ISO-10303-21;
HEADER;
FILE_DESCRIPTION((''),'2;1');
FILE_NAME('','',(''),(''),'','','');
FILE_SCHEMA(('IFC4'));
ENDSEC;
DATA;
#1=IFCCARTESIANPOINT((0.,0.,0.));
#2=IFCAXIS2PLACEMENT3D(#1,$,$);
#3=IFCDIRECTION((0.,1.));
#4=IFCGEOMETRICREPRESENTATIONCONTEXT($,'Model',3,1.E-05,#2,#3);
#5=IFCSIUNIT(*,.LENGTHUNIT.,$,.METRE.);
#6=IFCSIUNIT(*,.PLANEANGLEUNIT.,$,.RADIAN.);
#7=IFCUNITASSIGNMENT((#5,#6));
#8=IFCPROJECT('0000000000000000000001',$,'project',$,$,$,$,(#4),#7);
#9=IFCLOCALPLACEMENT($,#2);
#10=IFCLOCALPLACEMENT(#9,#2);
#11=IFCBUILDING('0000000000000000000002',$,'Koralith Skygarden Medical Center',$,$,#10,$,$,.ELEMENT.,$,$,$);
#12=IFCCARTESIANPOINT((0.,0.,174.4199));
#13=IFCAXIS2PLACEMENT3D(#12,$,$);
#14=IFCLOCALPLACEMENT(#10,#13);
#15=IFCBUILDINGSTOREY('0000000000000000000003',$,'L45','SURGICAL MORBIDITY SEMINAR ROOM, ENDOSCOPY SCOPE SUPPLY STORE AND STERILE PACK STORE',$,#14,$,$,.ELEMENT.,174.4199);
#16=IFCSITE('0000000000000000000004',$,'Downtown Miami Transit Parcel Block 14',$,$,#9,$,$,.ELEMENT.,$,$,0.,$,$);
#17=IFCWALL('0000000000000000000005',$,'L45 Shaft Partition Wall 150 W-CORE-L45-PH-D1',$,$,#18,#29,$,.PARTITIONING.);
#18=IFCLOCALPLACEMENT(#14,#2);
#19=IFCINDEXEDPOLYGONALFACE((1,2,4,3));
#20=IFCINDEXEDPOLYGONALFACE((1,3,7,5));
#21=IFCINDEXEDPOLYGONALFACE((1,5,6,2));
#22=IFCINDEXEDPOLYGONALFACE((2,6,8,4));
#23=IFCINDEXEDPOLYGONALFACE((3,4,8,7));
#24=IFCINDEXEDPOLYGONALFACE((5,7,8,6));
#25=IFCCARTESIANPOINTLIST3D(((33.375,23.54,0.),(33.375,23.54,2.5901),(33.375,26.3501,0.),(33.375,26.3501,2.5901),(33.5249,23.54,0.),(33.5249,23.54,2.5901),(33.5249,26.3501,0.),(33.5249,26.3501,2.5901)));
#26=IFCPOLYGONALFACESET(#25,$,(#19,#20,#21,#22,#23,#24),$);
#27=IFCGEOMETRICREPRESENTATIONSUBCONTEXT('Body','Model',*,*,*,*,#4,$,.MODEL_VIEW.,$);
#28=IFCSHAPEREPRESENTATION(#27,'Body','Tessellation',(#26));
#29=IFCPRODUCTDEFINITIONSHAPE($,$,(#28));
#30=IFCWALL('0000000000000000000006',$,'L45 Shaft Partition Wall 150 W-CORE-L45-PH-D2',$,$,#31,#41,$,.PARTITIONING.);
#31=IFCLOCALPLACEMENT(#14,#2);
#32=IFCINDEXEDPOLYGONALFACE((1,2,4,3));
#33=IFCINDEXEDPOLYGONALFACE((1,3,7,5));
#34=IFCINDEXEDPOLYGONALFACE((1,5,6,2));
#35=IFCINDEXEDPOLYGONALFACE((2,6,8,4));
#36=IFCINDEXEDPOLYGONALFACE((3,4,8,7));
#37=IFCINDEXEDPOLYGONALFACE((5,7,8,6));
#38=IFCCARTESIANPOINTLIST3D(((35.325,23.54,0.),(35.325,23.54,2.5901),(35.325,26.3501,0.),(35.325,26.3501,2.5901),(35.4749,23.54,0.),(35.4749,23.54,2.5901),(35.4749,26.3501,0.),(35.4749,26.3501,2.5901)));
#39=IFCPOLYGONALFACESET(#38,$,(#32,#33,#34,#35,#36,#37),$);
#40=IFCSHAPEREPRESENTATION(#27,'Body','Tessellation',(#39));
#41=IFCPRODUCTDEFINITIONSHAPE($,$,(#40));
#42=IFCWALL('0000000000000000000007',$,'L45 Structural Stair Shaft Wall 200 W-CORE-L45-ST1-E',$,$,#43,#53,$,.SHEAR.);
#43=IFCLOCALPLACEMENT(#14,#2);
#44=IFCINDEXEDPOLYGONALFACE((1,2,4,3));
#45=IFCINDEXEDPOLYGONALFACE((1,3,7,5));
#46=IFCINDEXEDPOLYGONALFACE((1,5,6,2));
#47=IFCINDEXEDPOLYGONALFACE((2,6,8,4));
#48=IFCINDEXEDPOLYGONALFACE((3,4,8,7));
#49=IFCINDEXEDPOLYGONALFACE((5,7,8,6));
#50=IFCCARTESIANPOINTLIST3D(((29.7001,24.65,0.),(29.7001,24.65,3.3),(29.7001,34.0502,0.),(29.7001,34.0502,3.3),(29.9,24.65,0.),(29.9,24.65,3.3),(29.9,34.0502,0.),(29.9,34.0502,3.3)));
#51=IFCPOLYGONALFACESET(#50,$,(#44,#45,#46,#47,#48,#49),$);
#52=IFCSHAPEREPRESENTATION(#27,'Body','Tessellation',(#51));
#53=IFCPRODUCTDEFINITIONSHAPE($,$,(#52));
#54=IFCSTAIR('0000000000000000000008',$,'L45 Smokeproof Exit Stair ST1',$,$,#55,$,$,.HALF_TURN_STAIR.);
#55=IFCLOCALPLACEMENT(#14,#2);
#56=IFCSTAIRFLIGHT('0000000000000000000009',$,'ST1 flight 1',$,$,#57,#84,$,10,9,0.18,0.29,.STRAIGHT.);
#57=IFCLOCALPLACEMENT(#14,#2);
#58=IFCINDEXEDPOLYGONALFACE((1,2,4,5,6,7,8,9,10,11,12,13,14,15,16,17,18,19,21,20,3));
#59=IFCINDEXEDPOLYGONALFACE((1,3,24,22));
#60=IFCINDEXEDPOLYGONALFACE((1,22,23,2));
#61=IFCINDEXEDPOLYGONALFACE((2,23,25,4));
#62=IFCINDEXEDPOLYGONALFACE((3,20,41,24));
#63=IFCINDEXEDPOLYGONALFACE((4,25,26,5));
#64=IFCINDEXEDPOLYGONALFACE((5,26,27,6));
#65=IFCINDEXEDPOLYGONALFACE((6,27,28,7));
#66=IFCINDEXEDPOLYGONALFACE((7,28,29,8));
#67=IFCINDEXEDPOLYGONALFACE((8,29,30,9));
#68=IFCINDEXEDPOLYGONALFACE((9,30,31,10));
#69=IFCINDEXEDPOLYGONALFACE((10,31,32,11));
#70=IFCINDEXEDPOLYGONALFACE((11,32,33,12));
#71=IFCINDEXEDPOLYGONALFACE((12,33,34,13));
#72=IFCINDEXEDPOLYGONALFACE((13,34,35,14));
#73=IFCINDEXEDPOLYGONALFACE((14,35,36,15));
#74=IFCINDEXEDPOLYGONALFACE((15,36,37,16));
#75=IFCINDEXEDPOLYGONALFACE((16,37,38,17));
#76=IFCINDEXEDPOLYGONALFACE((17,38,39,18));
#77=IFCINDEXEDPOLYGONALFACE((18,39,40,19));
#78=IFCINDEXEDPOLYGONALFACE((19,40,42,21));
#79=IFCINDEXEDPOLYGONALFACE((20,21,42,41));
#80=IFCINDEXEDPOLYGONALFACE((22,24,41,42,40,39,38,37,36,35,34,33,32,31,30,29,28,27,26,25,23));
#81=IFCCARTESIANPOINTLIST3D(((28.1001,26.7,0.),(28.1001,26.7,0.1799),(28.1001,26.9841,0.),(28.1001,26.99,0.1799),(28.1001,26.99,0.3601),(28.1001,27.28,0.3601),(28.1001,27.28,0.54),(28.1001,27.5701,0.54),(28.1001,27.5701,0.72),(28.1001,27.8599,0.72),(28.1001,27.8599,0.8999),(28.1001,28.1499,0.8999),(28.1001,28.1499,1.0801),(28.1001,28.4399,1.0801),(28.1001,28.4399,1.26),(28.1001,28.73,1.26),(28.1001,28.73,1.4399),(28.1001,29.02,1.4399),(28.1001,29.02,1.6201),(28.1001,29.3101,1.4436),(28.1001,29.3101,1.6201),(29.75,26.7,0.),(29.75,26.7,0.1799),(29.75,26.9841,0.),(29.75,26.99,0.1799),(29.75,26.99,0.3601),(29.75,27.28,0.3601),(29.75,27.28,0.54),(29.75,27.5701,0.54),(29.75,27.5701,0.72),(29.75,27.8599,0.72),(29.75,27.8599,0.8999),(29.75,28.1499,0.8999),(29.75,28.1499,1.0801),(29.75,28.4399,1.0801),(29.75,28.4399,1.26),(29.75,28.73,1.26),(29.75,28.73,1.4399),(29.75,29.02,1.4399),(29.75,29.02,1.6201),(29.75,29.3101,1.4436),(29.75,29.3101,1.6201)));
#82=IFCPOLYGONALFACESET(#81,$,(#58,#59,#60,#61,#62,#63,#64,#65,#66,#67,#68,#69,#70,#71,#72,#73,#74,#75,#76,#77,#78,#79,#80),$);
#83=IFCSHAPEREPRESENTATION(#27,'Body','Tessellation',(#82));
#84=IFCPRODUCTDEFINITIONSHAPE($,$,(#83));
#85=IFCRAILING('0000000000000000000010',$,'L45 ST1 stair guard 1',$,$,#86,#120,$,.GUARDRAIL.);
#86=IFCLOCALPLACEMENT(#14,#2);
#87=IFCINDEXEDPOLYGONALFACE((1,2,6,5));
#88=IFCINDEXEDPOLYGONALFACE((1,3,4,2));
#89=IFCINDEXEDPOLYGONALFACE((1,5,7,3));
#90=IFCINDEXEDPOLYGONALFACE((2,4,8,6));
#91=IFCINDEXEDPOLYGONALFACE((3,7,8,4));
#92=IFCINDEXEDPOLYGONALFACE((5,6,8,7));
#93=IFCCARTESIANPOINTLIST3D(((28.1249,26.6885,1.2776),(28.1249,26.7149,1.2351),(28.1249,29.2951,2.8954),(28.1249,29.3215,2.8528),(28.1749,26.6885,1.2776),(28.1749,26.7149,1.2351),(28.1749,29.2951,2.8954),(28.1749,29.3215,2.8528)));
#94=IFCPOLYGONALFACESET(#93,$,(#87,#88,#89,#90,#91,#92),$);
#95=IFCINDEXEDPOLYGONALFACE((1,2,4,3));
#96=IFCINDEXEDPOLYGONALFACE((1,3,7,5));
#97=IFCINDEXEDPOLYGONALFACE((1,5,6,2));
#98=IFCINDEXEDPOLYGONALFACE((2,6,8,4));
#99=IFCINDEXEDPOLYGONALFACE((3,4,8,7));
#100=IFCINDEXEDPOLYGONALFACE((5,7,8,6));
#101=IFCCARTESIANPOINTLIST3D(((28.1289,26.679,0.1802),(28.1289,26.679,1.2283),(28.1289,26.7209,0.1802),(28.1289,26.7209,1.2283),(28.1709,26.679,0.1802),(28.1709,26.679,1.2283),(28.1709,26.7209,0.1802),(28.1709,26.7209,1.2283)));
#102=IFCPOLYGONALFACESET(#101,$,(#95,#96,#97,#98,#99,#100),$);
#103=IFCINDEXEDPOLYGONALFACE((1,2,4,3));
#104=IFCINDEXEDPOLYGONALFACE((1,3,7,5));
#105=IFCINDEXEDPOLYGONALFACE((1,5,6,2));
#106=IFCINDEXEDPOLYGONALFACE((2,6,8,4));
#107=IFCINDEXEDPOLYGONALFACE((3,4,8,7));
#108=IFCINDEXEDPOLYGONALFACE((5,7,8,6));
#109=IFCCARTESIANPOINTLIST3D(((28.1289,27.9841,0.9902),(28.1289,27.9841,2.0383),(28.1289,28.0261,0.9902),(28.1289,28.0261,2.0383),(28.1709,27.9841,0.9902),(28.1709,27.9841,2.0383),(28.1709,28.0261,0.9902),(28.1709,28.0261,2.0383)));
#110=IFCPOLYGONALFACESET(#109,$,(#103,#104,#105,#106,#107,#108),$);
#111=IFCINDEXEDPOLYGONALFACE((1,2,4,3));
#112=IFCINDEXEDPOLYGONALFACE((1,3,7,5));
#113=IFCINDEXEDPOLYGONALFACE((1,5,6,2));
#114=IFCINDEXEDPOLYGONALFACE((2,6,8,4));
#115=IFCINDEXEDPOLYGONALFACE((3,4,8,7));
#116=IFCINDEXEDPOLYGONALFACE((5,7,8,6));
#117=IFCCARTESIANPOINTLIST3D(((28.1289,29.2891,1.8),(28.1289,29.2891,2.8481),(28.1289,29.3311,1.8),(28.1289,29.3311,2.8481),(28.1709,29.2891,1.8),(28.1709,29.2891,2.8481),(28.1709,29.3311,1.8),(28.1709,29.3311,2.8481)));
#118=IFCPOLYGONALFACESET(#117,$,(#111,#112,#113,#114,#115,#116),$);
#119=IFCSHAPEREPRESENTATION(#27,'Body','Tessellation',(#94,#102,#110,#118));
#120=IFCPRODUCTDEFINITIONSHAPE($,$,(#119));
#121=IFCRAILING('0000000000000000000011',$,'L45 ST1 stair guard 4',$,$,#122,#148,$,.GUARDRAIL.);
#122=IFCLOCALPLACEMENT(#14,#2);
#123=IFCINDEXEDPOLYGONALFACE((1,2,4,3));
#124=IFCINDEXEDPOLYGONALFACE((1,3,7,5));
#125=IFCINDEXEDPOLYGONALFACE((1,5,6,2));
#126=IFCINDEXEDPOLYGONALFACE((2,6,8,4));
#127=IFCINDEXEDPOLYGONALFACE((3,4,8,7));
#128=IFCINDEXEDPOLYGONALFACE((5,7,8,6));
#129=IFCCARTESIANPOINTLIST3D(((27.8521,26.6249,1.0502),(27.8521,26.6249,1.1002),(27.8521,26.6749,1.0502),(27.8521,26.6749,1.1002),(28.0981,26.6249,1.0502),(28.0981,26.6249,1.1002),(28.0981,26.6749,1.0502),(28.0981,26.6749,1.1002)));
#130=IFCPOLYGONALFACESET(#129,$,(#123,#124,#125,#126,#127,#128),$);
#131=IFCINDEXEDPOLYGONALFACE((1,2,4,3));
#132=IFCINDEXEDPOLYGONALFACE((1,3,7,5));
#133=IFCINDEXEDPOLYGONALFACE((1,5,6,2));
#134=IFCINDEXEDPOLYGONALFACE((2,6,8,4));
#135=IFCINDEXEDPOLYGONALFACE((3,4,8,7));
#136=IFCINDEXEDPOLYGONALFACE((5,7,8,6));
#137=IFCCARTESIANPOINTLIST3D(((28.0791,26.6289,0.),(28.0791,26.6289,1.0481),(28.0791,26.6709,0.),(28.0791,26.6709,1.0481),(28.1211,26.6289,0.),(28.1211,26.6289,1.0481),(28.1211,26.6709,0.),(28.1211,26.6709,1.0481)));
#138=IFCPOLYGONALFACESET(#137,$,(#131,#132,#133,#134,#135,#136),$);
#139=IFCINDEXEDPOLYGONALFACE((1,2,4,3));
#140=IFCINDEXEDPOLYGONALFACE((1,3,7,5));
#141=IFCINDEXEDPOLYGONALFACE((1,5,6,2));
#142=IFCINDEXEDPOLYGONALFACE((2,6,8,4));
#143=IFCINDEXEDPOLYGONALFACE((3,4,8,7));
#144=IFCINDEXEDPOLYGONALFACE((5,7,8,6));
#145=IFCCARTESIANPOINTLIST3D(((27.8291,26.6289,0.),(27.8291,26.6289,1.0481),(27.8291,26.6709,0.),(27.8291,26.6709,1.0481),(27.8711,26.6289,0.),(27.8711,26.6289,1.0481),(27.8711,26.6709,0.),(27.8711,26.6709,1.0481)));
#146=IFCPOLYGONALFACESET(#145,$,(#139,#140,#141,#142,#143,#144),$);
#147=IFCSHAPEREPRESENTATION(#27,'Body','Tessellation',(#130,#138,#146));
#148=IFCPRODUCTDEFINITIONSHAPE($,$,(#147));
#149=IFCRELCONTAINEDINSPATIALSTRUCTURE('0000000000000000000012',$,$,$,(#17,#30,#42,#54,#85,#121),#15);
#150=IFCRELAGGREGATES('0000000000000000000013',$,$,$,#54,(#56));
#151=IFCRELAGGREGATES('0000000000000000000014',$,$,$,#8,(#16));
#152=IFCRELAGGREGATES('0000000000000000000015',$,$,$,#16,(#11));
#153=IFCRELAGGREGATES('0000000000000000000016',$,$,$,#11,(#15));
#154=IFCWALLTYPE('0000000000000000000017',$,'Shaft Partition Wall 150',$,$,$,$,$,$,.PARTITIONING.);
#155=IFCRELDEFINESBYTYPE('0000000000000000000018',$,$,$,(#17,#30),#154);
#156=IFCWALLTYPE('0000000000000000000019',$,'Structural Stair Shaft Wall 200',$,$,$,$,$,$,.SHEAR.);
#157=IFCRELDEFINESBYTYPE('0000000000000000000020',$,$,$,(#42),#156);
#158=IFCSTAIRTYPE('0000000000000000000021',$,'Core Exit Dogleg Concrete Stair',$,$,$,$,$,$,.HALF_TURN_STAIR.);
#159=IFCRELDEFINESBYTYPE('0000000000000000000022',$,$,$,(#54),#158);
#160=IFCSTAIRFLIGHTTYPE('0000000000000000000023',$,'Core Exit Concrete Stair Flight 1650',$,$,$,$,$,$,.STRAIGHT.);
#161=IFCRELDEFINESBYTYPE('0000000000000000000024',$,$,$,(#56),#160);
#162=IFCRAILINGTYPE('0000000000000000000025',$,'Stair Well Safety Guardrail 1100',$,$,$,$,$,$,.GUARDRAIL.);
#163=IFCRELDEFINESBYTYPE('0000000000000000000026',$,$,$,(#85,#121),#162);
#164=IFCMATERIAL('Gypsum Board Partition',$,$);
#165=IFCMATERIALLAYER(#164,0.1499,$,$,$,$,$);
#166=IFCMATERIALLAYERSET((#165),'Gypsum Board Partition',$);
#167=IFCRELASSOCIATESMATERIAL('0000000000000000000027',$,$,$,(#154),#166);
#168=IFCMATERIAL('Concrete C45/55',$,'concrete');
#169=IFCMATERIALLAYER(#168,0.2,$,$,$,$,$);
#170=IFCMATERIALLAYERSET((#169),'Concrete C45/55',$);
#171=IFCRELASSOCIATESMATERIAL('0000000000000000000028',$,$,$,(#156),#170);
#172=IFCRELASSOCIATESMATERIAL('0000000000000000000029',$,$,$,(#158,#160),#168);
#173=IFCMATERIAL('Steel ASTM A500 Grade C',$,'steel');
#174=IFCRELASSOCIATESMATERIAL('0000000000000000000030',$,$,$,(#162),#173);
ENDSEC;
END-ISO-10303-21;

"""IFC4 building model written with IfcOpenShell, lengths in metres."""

from ifc_helpers import new_model, si_unit, direction, frame, frame_2d, origin, origin_2d, place, context, subcontext, project, spatial, polyline, rectangle, outline, extrude, material, layer, layer_set, type_object, element, aggregate, save


model = new_model("IFC4")

# Units and contexts
model_context = context("Model", 3, precision=1e-05, world=origin(), true_north=direction((0.0, 1.0)))
body_context = subcontext(model_context, "Body", "Model", "MODEL_VIEW")
ifc_project = project(units=[si_unit("LENGTHUNIT", "METRE"), si_unit("PLANEANGLEUNIT", "RADIAN")], contexts=[model_context])

# Site, building, storey
site_placement = place(None, origin())
site = spatial("IfcSite", under=ifc_project, at=site_placement, Name="Downtown Miami Transit Parcel Block 14", CompositionType="ELEMENT", RefElevation=0.0)
building_placement = place(site_placement, origin())
building = spatial("IfcBuilding", under=site, at=building_placement, Name="Koralith Skygarden Medical Center", CompositionType="ELEMENT")
storey_placement = place(building_placement, frame((0.0, 0.0, 174.4199)))
storey = spatial("IfcBuildingStorey", under=building, at=storey_placement, Name="L45", Description="SURGICAL MORBIDITY SEMINAR ROOM, ENDOSCOPY SCOPE SUPPLY STORE AND STERILE PACK STORE", CompositionType="ELEMENT", Elevation=174.4199)

# Shared definitions
ifc_material_1 = material(Name="Concrete C45/55", Category="concrete")

# Shared definitions
ifc_material_2 = material(Name="Gypsum Board Partition")

# Shared definitions
ifc_material_3 = material(Name="Steel ASTM A500 Grade C", Category="steel")

# Walls
ifc_layer_1 = layer(ifc_material_2, 0.1499)
ifc_layer_set_1 = layer_set([ifc_layer_1], Name="Gypsum Board Partition")
wall_type_1 = type_object("IfcWallType", Name="Shaft Partition Wall 150", PredefinedType="PARTITIONING", material=ifc_layer_set_1)
for number, where, z_axis, x_axis, name in (
    (1, (33.45, 23.54, 0.0), (0.0, 0.0, 1.0), (0.0, 1.0, 0.0), "L45 Shaft Partition Wall 150 W-CORE-L45-PH-D1"),
    (2, (35.3999, 23.54, 0.0), (0.0, 0.0, 1.0), (0.0, 1.0, 0.0), "L45 Shaft Partition Wall 150 W-CORE-L45-PH-D2"),
):
    element("IfcWall", number, at=place(storey_placement, frame(where, z_axis=z_axis, x_axis=x_axis)), inside=storey, type_object=wall_type_1, Name=name, PredefinedType="PARTITIONING", context=body_context, shape_type="SweptSolid", body=[
        extrude(rectangle(XDim=2.8101, YDim=0.1499, at=frame_2d((1.405, 0.0))), origin(), (0.0, 0.0, 1.0), 2.5901),
    ])
ifc_layer_2 = layer(ifc_material_1, 0.2)
ifc_layer_set_2 = layer_set([ifc_layer_2], Name="Concrete C45/55")
wall_type_2 = type_object("IfcWallType", Name="Structural Stair Shaft Wall 200", PredefinedType="SHEAR", material=ifc_layer_set_2)
wall_1_placement = place(storey_placement, frame((29.8, 24.6499, 0.0), z_axis=(0.0, 0.0, 1.0), x_axis=(0.0, 1.0, 0.0)))
element("IfcWall", 3, at=wall_1_placement, inside=storey, type_object=wall_type_2, Name="L45 Structural Stair Shaft Wall 200 W-CORE-L45-ST1-E", PredefinedType="SHEAR", context=body_context, shape_type="SweptSolid", body=[
    extrude(rectangle(XDim=9.4001, YDim=0.2, at=frame_2d((4.7002, 0.0))), origin(), (0.0, 0.0, 1.0), 3.3),
])

# Stair, stair flight
stair_type = type_object("IfcStairType", Name="Core Exit Dogleg Concrete Stair", PredefinedType="HALF_TURN_STAIR", material=ifc_material_1)
stair_placement = place(storey_placement, origin())
stair = element("IfcStair", 4, at=stair_placement, inside=storey, type_object=stair_type, Name="L45 Smokeproof Exit Stair ST1", PredefinedType="HALF_TURN_STAIR")
stair_flight_type = type_object("IfcStairFlightType", Name="Core Exit Concrete Stair Flight 1650", PredefinedType="STRAIGHT", material=ifc_material_1)
stair_flight_placement = place(storey_placement, frame((28.925, 26.7, 0.0), z_axis=(0.0, 0.0, 1.0), x_axis=(0.0, 1.0, 0.0)))
stair_flight = element("IfcStairFlight", 5, at=stair_flight_placement, type_object=stair_flight_type, Name="ST1 flight 1", NumberOfRisers=10, NumberOfTreads=9, PredefinedType="STRAIGHT", RiserHeight=0.18, TreadLength=0.29, context=body_context, shape_type="SweptSolid", body=[
    extrude(outline(polyline([(0.0, 0.0), (0.0, 0.1799), (0.29, 0.1799), (0.29, 0.3601), (0.5801, 0.3601), (0.5801, 0.54), (0.8701, 0.54), (0.8701, 0.72), (1.1599, 0.72), (1.1599, 0.8999), (1.45, 0.8999), (1.45, 1.0801), (1.74, 1.0801), (1.74, 1.26), (2.03, 1.26), (2.03, 1.4399), (2.3201, 1.4399), (2.3201, 1.6201), (2.6101, 1.6201), (2.6101, 1.8), (2.6101, 1.4436), (0.2842, 0.0), (0.0, 0.0)])), frame((0.0, 0.825, 0.0), z_axis=(0.0, -1.0, 0.0), x_axis=(1.0, 0.0, 0.0)), (0.0, 0.0, 1.0), 1.6499),
])
aggregate(stair, [stair_flight])

# Railings
railing_type = type_object("IfcRailingType", Name="Stair Well Safety Guardrail 1100", PredefinedType="GUARDRAIL", material=ifc_material_3)
railing_1_placement = place(storey_placement, frame((28.1499, 26.7, 0.1802)))
element("IfcRailing", 6, at=railing_1_placement, inside=storey, type_object=railing_type, Name="L45 ST1 stair guard 1", PredefinedType="GUARDRAIL", context=body_context, shape_type="SweptSolid", body=[
    extrude(rectangle(XDim=0.05, YDim=0.05, at=origin_2d()), frame((0.0, 0.0017, 1.0762), z_axis=(0.0, 0.849668, 0.527317), x_axis=(-1.0, 0.0, 0.0)), (0.0, 0.0, 1.0), 3.0679),
    extrude(rectangle(XDim=0.042, YDim=0.042, at=origin_2d()), origin(), (0.0, 0.0, 1.0), 1.0481),
    extrude(rectangle(XDim=0.042, YDim=0.042, at=origin_2d()), frame((0.0, 1.3052, 0.8101)), (0.0, 0.0, 1.0), 1.0481),
    extrude(rectangle(XDim=0.042, YDim=0.042, at=origin_2d()), frame((0.0, 2.6101, 1.6199)), (0.0, 0.0, 1.0), 1.0481),
])
railing_2_placement = place(storey_placement, frame((28.1001, 26.6499, 0.0)))
element("IfcRailing", 7, at=railing_2_placement, inside=storey, type_object=railing_type, Name="L45 ST1 stair guard 4", PredefinedType="GUARDRAIL", context=body_context, shape_type="SweptSolid", body=[
    extrude(rectangle(XDim=0.05, YDim=0.05, at=origin_2d()), frame((-0.002, 0.0, 1.0752), z_axis=(-1.0, 0.0, 0.0), x_axis=(0.0, -1.0, 0.0)), (0.0, 0.0, 1.0), 0.2461),
    extrude(rectangle(XDim=0.042, YDim=0.042, at=origin_2d()), origin(), (0.0, 0.0, 1.0), 1.0481),
    extrude(rectangle(XDim=0.042, YDim=0.042, at=origin_2d()), frame((-0.25, 0.0, 0.0)), (0.0, 0.0, 1.0), 1.0481),
])

save(model, "model.ifc")
